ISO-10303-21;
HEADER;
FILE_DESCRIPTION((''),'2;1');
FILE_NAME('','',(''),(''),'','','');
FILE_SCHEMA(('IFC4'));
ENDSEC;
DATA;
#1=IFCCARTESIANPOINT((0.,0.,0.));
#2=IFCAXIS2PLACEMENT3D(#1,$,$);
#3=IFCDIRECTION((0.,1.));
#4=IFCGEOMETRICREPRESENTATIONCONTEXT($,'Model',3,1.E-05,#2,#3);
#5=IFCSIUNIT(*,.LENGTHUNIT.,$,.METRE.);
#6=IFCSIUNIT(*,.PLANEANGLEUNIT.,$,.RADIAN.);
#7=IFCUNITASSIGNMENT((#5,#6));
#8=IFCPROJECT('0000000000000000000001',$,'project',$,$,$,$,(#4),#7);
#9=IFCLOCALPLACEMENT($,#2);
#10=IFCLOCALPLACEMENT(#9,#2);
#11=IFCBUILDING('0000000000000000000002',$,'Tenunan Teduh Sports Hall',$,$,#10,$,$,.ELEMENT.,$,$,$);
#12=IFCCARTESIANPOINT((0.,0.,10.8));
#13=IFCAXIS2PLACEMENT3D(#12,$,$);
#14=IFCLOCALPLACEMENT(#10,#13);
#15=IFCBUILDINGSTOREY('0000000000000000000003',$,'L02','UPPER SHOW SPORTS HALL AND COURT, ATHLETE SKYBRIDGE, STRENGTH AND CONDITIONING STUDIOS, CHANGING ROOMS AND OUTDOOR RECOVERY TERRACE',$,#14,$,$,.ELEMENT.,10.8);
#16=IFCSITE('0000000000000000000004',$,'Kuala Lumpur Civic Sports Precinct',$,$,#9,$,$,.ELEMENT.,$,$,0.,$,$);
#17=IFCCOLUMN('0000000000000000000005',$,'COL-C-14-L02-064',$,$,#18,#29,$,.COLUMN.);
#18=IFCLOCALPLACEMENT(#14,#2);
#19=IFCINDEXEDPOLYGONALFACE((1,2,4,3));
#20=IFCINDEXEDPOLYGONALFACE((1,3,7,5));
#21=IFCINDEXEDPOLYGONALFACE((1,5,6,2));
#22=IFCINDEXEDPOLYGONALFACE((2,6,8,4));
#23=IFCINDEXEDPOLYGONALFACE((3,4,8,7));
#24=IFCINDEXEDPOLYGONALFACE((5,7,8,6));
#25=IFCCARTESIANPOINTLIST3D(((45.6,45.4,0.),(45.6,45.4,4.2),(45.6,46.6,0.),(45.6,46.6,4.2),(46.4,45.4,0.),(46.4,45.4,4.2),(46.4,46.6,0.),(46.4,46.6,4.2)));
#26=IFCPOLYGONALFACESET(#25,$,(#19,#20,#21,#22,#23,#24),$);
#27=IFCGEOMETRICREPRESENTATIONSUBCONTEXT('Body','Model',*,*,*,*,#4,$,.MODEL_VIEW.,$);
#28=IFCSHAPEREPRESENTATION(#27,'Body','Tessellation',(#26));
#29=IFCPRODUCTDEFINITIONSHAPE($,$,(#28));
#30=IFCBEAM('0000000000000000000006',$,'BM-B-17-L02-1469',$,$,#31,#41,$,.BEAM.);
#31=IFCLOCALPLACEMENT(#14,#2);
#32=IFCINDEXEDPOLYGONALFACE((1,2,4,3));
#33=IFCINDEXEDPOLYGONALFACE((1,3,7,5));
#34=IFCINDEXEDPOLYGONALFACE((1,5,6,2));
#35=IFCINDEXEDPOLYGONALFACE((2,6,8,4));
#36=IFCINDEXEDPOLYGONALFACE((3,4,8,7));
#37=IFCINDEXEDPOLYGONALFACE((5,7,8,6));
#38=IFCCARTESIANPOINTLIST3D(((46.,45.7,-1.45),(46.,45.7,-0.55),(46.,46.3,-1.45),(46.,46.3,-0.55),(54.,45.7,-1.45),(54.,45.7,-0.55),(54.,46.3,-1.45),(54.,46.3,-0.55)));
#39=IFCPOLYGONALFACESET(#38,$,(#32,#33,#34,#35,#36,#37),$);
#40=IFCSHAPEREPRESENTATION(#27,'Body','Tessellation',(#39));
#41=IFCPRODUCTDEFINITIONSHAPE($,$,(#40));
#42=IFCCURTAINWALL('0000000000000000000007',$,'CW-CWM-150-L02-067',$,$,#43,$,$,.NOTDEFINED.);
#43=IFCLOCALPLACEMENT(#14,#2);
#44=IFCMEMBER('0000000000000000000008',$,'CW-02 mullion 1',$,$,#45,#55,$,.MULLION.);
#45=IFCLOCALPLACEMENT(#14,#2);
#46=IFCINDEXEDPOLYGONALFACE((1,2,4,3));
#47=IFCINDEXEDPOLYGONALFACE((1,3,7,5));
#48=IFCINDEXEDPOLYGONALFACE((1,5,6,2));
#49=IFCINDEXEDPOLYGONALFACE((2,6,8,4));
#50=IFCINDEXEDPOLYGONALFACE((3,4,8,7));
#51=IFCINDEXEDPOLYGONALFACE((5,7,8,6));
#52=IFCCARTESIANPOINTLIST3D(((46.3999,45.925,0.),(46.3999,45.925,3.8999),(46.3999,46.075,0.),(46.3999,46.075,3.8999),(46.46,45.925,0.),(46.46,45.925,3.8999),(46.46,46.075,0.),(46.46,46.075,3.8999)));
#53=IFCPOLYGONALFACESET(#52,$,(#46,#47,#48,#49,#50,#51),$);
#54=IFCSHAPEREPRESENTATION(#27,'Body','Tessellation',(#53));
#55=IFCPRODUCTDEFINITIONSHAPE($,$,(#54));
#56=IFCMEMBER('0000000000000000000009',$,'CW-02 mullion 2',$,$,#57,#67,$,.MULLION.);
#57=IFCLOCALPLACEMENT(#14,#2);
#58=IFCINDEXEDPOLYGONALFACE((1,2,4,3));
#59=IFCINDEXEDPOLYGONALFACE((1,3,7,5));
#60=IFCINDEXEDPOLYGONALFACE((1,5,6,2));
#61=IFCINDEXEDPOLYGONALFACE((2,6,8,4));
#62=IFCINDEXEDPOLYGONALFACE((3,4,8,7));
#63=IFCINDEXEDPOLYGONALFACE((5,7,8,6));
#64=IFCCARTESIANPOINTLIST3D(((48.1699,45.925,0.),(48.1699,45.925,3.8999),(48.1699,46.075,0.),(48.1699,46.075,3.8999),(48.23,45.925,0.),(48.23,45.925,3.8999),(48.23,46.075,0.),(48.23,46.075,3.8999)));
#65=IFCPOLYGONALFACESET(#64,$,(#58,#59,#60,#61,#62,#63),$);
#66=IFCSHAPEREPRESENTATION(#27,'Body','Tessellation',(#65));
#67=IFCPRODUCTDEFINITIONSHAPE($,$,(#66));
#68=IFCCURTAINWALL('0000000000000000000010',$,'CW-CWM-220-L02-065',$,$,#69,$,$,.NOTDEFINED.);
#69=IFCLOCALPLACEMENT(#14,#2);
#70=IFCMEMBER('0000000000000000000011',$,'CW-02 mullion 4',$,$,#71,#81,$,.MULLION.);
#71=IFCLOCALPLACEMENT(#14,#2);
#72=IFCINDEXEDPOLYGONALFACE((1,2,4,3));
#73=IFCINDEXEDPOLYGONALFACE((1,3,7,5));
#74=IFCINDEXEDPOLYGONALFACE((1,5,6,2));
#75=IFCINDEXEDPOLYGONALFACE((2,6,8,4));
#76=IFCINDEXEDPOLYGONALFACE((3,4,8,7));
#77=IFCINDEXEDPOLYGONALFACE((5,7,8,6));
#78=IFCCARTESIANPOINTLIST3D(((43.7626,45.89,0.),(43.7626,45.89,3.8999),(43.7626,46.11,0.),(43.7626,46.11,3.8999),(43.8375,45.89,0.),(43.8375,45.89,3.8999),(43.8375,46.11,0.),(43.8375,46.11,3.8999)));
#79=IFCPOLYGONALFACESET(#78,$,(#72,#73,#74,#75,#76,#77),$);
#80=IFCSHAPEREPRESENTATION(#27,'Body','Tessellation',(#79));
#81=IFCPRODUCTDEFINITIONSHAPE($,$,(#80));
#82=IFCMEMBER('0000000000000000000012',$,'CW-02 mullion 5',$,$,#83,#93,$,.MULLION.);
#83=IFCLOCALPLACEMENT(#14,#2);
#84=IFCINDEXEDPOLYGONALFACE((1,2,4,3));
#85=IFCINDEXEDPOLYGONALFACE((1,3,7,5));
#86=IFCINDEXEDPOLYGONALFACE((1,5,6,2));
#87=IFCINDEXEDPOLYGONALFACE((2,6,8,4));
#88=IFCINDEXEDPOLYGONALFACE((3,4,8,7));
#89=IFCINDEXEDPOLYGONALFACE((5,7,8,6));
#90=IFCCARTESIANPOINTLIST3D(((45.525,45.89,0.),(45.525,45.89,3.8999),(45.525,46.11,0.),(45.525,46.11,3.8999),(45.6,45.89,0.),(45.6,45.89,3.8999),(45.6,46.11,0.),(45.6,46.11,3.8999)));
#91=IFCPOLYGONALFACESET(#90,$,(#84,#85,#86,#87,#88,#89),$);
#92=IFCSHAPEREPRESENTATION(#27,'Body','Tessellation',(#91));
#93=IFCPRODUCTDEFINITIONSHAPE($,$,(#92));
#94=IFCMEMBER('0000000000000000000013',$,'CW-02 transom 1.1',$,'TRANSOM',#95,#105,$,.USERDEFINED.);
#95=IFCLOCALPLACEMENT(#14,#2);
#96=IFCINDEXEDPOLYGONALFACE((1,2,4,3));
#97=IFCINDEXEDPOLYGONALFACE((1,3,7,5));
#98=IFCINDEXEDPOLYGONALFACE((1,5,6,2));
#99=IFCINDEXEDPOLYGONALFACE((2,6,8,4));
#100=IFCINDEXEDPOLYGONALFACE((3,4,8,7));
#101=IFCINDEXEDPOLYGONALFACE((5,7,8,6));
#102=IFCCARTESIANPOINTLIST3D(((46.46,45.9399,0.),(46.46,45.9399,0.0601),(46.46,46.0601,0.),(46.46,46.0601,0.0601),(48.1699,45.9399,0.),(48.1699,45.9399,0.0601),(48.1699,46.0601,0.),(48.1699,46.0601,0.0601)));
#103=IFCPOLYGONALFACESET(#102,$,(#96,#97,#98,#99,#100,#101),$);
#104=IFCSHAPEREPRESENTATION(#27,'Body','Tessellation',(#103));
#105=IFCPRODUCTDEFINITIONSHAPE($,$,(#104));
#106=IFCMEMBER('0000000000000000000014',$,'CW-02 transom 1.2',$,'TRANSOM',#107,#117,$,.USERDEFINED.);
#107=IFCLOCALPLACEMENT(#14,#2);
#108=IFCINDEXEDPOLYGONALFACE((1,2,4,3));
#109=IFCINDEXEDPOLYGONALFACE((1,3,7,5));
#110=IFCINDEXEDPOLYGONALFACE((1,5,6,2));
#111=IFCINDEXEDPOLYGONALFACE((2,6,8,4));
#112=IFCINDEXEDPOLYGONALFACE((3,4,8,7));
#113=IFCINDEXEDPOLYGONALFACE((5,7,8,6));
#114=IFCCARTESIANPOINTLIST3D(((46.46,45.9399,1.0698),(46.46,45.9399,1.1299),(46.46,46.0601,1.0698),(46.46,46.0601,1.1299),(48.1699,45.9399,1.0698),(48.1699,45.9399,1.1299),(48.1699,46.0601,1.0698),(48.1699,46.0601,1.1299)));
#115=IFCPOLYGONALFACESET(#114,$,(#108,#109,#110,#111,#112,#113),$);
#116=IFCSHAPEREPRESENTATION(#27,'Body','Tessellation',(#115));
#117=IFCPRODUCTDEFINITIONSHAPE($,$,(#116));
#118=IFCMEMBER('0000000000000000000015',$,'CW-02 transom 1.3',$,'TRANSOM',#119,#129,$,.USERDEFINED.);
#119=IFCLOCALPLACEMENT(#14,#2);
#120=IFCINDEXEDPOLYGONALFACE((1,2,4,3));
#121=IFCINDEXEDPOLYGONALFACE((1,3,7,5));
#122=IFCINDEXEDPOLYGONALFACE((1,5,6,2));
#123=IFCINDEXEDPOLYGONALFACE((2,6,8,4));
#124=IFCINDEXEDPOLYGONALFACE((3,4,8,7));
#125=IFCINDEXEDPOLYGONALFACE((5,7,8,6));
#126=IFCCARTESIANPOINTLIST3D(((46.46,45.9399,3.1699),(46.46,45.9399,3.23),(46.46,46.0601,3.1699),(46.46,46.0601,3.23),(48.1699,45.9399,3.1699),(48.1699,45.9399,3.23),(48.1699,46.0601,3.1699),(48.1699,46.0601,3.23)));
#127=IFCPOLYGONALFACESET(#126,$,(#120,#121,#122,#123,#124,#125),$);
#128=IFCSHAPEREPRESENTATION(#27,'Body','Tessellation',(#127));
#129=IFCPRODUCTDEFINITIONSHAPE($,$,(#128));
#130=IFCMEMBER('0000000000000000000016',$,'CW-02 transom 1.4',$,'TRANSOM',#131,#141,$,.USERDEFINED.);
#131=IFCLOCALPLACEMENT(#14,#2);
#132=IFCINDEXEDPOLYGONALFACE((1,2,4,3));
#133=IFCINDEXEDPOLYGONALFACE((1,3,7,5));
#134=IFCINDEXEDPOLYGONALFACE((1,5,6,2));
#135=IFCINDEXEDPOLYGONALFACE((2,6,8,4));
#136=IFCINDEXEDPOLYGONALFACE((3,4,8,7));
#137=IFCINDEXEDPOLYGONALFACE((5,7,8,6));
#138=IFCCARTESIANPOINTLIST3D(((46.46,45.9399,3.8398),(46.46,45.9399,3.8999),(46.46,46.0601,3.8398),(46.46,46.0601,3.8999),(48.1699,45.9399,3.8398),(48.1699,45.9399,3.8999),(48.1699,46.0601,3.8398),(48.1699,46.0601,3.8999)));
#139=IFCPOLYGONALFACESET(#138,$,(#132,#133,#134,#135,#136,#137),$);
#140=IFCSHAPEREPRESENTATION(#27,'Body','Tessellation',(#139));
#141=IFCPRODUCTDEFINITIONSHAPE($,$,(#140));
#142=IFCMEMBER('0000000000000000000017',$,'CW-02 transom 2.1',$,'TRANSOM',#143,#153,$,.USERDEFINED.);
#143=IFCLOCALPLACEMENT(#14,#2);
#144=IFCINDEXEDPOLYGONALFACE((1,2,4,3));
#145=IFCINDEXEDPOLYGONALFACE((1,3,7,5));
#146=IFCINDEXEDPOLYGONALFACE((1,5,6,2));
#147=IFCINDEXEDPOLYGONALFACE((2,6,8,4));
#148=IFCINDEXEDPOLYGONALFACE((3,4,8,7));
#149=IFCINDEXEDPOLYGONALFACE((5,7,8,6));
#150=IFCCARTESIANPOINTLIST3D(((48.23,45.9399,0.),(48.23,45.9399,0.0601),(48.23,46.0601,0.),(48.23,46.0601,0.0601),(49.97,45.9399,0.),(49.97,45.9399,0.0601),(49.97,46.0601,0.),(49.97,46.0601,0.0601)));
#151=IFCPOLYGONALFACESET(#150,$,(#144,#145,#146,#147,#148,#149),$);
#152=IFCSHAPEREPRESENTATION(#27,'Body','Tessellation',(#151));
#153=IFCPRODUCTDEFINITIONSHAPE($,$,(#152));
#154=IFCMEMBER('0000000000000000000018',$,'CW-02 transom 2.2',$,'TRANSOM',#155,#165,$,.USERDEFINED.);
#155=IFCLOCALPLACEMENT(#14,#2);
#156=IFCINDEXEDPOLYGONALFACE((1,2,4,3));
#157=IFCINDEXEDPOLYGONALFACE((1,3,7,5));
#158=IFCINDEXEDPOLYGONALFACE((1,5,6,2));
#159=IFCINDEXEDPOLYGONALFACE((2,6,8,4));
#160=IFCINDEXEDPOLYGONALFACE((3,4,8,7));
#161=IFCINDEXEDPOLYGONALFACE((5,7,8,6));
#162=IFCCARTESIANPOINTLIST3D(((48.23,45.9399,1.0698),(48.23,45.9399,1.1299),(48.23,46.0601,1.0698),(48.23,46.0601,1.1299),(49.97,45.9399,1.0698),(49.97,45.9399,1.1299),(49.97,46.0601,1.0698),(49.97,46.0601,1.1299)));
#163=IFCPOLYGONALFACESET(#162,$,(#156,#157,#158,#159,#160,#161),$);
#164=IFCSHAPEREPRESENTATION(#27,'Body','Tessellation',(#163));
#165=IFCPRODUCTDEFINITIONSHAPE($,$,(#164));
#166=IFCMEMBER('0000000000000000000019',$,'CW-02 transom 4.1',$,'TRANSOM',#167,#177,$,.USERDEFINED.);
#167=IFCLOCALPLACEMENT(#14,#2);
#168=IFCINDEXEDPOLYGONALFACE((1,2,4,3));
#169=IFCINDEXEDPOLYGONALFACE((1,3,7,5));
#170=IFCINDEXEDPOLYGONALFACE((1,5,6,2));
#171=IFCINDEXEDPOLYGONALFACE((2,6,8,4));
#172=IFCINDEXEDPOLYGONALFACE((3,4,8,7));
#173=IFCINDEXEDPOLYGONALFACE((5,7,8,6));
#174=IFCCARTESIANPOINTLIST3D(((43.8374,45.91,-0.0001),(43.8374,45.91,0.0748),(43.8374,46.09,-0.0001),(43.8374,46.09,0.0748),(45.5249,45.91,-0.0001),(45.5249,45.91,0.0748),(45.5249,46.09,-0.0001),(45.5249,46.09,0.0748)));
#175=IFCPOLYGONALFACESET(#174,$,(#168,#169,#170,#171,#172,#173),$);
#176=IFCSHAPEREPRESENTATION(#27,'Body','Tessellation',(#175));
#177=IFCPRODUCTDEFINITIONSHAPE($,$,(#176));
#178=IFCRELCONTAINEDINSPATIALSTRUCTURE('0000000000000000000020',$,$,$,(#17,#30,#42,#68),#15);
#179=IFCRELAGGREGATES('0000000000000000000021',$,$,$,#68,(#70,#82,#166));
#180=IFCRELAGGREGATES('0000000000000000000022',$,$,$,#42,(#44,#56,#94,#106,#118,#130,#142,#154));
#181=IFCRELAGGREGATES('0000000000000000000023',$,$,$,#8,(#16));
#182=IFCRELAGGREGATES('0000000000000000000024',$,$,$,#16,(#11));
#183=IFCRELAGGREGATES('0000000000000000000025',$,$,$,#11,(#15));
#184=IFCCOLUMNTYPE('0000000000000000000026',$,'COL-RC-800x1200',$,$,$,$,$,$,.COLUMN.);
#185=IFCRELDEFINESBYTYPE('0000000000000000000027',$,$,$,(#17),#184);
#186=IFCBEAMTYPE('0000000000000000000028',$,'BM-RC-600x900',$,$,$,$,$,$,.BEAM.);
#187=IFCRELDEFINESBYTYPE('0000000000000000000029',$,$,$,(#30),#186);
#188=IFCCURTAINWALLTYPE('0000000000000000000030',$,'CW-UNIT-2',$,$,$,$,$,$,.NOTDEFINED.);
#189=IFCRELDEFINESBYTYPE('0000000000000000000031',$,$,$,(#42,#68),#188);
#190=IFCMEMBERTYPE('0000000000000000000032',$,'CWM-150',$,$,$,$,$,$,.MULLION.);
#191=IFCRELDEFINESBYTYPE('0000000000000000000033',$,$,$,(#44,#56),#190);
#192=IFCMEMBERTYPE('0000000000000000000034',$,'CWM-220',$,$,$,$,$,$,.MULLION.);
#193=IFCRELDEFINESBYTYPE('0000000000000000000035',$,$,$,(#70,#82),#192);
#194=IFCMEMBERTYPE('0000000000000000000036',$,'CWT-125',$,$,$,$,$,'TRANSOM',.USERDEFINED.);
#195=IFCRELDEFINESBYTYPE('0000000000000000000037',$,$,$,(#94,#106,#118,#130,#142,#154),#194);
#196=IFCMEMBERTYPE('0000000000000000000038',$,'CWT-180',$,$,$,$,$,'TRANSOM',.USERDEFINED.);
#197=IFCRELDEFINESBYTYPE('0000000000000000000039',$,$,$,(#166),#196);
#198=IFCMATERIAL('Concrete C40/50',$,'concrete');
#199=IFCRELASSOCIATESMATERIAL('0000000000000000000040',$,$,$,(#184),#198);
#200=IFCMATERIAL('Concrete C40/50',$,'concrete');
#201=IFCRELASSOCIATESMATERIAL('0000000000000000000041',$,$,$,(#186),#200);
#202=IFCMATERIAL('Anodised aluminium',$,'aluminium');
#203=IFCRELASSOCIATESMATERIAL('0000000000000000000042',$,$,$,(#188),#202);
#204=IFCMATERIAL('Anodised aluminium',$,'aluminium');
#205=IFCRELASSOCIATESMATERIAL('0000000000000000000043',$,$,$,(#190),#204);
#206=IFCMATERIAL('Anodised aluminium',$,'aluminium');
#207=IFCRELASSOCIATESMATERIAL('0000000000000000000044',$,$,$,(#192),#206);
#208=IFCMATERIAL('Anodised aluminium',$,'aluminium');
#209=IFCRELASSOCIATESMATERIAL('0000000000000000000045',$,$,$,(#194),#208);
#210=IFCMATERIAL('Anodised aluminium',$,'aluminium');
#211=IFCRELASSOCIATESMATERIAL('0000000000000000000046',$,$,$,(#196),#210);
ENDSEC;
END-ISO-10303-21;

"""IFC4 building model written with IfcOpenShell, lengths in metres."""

from ifc_helpers import new_model, si_unit, direction, frame, origin, origin_2d, place, context, subcontext, project, spatial, rectangle, extrude, material, material_profile, profile_set, type_object, element, aggregate, save


model = new_model("IFC4")

# Units and contexts
model_context = context("Model", 3, precision=1e-05, world=origin(), true_north=direction((0.0, 1.0)))
body_context = subcontext(model_context, "Body", "Model", "MODEL_VIEW")
ifc_project = project(units=[si_unit("LENGTHUNIT", "METRE"), si_unit("PLANEANGLEUNIT", "RADIAN")], contexts=[model_context])

# Site, building, storey
site_placement = place(None, origin())
site = spatial("IfcSite", under=ifc_project, at=site_placement, Name="Kuala Lumpur Civic Sports Precinct", CompositionType="ELEMENT", RefElevation=0.0)
building_placement = place(site_placement, origin())
building = spatial("IfcBuilding", under=site, at=building_placement, Name="Tenunan Teduh Sports Hall", CompositionType="ELEMENT")
storey_placement = place(building_placement, frame((0.0, 0.0, 10.8)))
storey = spatial("IfcBuildingStorey", under=building, at=storey_placement, Name="L02", Description="UPPER SHOW SPORTS HALL AND COURT, ATHLETE SKYBRIDGE, STRENGTH AND CONDITIONING STUDIOS, CHANGING ROOMS AND OUTDOOR RECOVERY TERRACE", CompositionType="ELEMENT", Elevation=10.8)

# Column
ifc_material_1 = material(Name="Concrete C40/50", Category="concrete")
ifc_material_profile_1 = material_profile(ifc_material_1, rectangle(XDim=0.8, YDim=1.2, at=origin_2d()), Name="RC 800x1200")
ifc_profile_set_1 = profile_set([ifc_material_profile_1], Name="Concrete C40/50")
column_type = type_object("IfcColumnType", Name="COL-RC-800x1200", PredefinedType="COLUMN", material=ifc_profile_set_1)
column_placement = place(storey_placement, frame((46.0, 46.0, 0.0), z_axis=(0.0, 0.0, 1.0), x_axis=(1.0, 0.0, 0.0)))
element("IfcColumn", 1, at=column_placement, inside=storey, type_object=column_type, Name="COL-C-14-L02-064", PredefinedType="COLUMN", context=body_context, shape_type="SweptSolid", body=[
    extrude(rectangle(XDim=0.8, YDim=1.2, at=origin_2d()), origin(), (0.0, 0.0, 1.0), 4.2),
])

# Beam
ifc_material_2 = material(Name="Concrete C40/50", Category="concrete")
ifc_material_profile_2 = material_profile(ifc_material_2, rectangle(XDim=0.6001, YDim=0.8999, at=origin_2d()), Name="RCB 600x900")
ifc_profile_set_2 = profile_set([ifc_material_profile_2], Name="Concrete C40/50")
beam_type = type_object("IfcBeamType", Name="BM-RC-600x900", PredefinedType="BEAM", material=ifc_profile_set_2)
beam_placement = place(storey_placement, frame((46.0, 46.0, -1.0), z_axis=(1.0, 0.0, 0.0), x_axis=(0.0, 1.0, 0.0)))
element("IfcBeam", 2, at=beam_placement, inside=storey, type_object=beam_type, Name="BM-B-17-L02-1469", PredefinedType="BEAM", context=body_context, shape_type="SweptSolid", body=[
    extrude(rectangle(XDim=0.6001, YDim=0.8999, at=origin_2d()), origin(), (0.0, 0.0, 1.0), 8.0),
])

# Curtain walls, members
ifc_material_3 = material(Name="Anodised aluminium", Category="aluminium")
curtain_wall_type = type_object("IfcCurtainWallType", Name="CW-UNIT-2", PredefinedType="NOTDEFINED", material=ifc_material_3)
curtain_wall_1_placement = place(storey_placement, origin())
curtain_wall_1 = element("IfcCurtainWall", 3, at=curtain_wall_1_placement, inside=storey, type_object=curtain_wall_type, Name="CW-CWM-150-L02-067", PredefinedType="NOTDEFINED")
ifc_material_4 = material(Name="Anodised aluminium", Category="aluminium")
ifc_material_profile_3 = material_profile(ifc_material_4, rectangle(XDim=0.0601, YDim=0.1499, at=origin_2d()), Name="CWM 60x150")
ifc_profile_set_3 = profile_set([ifc_material_profile_3], Name="Anodised aluminium")
member_type_1 = type_object("IfcMemberType", Name="CWM-150", PredefinedType="MULLION", material=ifc_profile_set_3)
member_1_placement = place(storey_placement, frame((46.4299, 46.0, 0.0), z_axis=(0.0, 0.0, 1.0), x_axis=(1.0, 0.0, 0.0)))
member_1 = element("IfcMember", 4, at=member_1_placement, type_object=member_type_1, Name="CW-02 mullion 1", PredefinedType="MULLION", context=body_context, shape_type="SweptSolid", body=[
    extrude(rectangle(XDim=0.0601, YDim=0.1499, at=origin_2d()), origin(), (0.0, 0.0, 1.0), 3.8999),
])
member_2_placement = place(storey_placement, frame((48.2, 46.0, 0.0), z_axis=(0.0, 0.0, 1.0), x_axis=(1.0, 0.0, 0.0)))
member_2 = element("IfcMember", 5, at=member_2_placement, type_object=member_type_1, Name="CW-02 mullion 2", PredefinedType="MULLION", context=body_context, shape_type="SweptSolid", body=[
    extrude(rectangle(XDim=0.0601, YDim=0.1499, at=origin_2d()), origin(), (0.0, 0.0, 1.0), 3.8999),
])
curtain_wall_2_placement = place(storey_placement, origin())
curtain_wall_2 = element("IfcCurtainWall", 6, at=curtain_wall_2_placement, inside=storey, type_object=curtain_wall_type, Name="CW-CWM-220-L02-065", PredefinedType="NOTDEFINED")
ifc_material_5 = material(Name="Anodised aluminium", Category="aluminium")
ifc_material_profile_4 = material_profile(ifc_material_5, rectangle(XDim=0.075, YDim=0.22, at=origin_2d()), Name="CWM 75x220")
ifc_profile_set_4 = profile_set([ifc_material_profile_4], Name="Anodised aluminium")
member_type_2 = type_object("IfcMemberType", Name="CWM-220", PredefinedType="MULLION", material=ifc_profile_set_4)
member_3_placement = place(storey_placement, frame((43.8, 46.0, 0.0), z_axis=(0.0, 0.0, 1.0), x_axis=(1.0, 0.0, 0.0)))
member_3 = element("IfcMember", 7, at=member_3_placement, type_object=member_type_2, Name="CW-02 mullion 4", PredefinedType="MULLION", context=body_context, shape_type="SweptSolid", body=[
    extrude(rectangle(XDim=0.075, YDim=0.22, at=origin_2d()), origin(), (0.0, 0.0, 1.0), 3.8999),
])
member_4_placement = place(storey_placement, frame((45.5625, 46.0, 0.0), z_axis=(0.0, 0.0, 1.0), x_axis=(1.0, 0.0, 0.0)))
member_4 = element("IfcMember", 8, at=member_4_placement, type_object=member_type_2, Name="CW-02 mullion 5", PredefinedType="MULLION", context=body_context, shape_type="SweptSolid", body=[
    extrude(rectangle(XDim=0.075, YDim=0.22, at=origin_2d()), origin(), (0.0, 0.0, 1.0), 3.8999),
])

# Members
ifc_material_6 = material(Name="Anodised aluminium", Category="aluminium")
ifc_material_profile_5 = material_profile(ifc_material_6, rectangle(XDim=0.0601, YDim=0.1201, at=origin_2d()), Name="CWT 60x120")
ifc_profile_set_5 = profile_set([ifc_material_profile_5], Name="Anodised aluminium")
member_type_3 = type_object("IfcMemberType", Name="CWT-125", ElementType="TRANSOM", PredefinedType="USERDEFINED", material=ifc_profile_set_5)
member_5_placement = place(storey_placement, frame((46.46, 46.0, 0.03), z_axis=(1.0, 0.0, 0.0), x_axis=(0.0, 0.0, 1.0)))
member_5 = element("IfcMember", 9, at=member_5_placement, type_object=member_type_3, Name="CW-02 transom 1.1", ObjectType="TRANSOM", PredefinedType="USERDEFINED", context=body_context, shape_type="SweptSolid", body=[
    extrude(rectangle(XDim=0.0601, YDim=0.1201, at=origin_2d()), origin(), (0.0, 0.0, 1.0), 1.71),
])
member_6_placement = place(storey_placement, frame((46.46, 46.0, 1.0999), z_axis=(1.0, 0.0, 0.0), x_axis=(0.0, 0.0, 1.0)))
member_6 = element("IfcMember", 10, at=member_6_placement, type_object=member_type_3, Name="CW-02 transom 1.2", ObjectType="TRANSOM", PredefinedType="USERDEFINED", context=body_context, shape_type="SweptSolid", body=[
    extrude(rectangle(XDim=0.0601, YDim=0.1201, at=origin_2d()), origin(), (0.0, 0.0, 1.0), 1.71),
])
member_7_placement = place(storey_placement, frame((46.46, 46.0, 3.2), z_axis=(1.0, 0.0, 0.0), x_axis=(0.0, 0.0, 1.0)))
member_7 = element("IfcMember", 11, at=member_7_placement, type_object=member_type_3, Name="CW-02 transom 1.3", ObjectType="TRANSOM", PredefinedType="USERDEFINED", context=body_context, shape_type="SweptSolid", body=[
    extrude(rectangle(XDim=0.0601, YDim=0.1201, at=origin_2d()), origin(), (0.0, 0.0, 1.0), 1.71),
])
member_8_placement = place(storey_placement, frame((46.46, 46.0, 3.8699), z_axis=(1.0, 0.0, 0.0), x_axis=(0.0, 0.0, 1.0)))
member_8 = element("IfcMember", 12, at=member_8_placement, type_object=member_type_3, Name="CW-02 transom 1.4", ObjectType="TRANSOM", PredefinedType="USERDEFINED", context=body_context, shape_type="SweptSolid", body=[
    extrude(rectangle(XDim=0.0601, YDim=0.1201, at=origin_2d()), origin(), (0.0, 0.0, 1.0), 1.71),
])
member_9_placement = place(storey_placement, frame((48.23, 46.0, 0.03), z_axis=(1.0, 0.0, 0.0), x_axis=(0.0, 0.0, 1.0)))
member_9 = element("IfcMember", 13, at=member_9_placement, type_object=member_type_3, Name="CW-02 transom 2.1", ObjectType="TRANSOM", PredefinedType="USERDEFINED", context=body_context, shape_type="SweptSolid", body=[
    extrude(rectangle(XDim=0.0601, YDim=0.1201, at=origin_2d()), origin(), (0.0, 0.0, 1.0), 1.74),
])
member_10_placement = place(storey_placement, frame((48.23, 46.0, 1.0999), z_axis=(1.0, 0.0, 0.0), x_axis=(0.0, 0.0, 1.0)))
member_10 = element("IfcMember", 14, at=member_10_placement, type_object=member_type_3, Name="CW-02 transom 2.2", ObjectType="TRANSOM", PredefinedType="USERDEFINED", context=body_context, shape_type="SweptSolid", body=[
    extrude(rectangle(XDim=0.0601, YDim=0.1201, at=origin_2d()), origin(), (0.0, 0.0, 1.0), 1.74),
])
ifc_material_7 = material(Name="Anodised aluminium", Category="aluminium")
ifc_material_profile_6 = material_profile(ifc_material_7, rectangle(XDim=0.075, YDim=0.1799, at=origin_2d()), Name="CWT 75x180")
ifc_profile_set_6 = profile_set([ifc_material_profile_6], Name="Anodised aluminium")
member_type_4 = type_object("IfcMemberType", Name="CWT-180", ElementType="TRANSOM", PredefinedType="USERDEFINED", material=ifc_profile_set_6)
member_11_placement = place(storey_placement, frame((43.8374, 46.0, 0.0374), z_axis=(1.0, 0.0, 0.0), x_axis=(0.0, 0.0, 1.0)))
member_11 = element("IfcMember", 15, at=member_11_placement, type_object=member_type_4, Name="CW-02 transom 4.1", ObjectType="TRANSOM", PredefinedType="USERDEFINED", context=body_context, shape_type="SweptSolid", body=[
    extrude(rectangle(XDim=0.075, YDim=0.1799, at=origin_2d()), origin(), (0.0, 0.0, 1.0), 1.6875),
])

aggregate(curtain_wall_2, [member_3, member_4, member_11])
aggregate(curtain_wall_1, [member_1, member_2, member_5, member_6, member_7, member_8, member_9, member_10])

save(model, "model.ifc")
